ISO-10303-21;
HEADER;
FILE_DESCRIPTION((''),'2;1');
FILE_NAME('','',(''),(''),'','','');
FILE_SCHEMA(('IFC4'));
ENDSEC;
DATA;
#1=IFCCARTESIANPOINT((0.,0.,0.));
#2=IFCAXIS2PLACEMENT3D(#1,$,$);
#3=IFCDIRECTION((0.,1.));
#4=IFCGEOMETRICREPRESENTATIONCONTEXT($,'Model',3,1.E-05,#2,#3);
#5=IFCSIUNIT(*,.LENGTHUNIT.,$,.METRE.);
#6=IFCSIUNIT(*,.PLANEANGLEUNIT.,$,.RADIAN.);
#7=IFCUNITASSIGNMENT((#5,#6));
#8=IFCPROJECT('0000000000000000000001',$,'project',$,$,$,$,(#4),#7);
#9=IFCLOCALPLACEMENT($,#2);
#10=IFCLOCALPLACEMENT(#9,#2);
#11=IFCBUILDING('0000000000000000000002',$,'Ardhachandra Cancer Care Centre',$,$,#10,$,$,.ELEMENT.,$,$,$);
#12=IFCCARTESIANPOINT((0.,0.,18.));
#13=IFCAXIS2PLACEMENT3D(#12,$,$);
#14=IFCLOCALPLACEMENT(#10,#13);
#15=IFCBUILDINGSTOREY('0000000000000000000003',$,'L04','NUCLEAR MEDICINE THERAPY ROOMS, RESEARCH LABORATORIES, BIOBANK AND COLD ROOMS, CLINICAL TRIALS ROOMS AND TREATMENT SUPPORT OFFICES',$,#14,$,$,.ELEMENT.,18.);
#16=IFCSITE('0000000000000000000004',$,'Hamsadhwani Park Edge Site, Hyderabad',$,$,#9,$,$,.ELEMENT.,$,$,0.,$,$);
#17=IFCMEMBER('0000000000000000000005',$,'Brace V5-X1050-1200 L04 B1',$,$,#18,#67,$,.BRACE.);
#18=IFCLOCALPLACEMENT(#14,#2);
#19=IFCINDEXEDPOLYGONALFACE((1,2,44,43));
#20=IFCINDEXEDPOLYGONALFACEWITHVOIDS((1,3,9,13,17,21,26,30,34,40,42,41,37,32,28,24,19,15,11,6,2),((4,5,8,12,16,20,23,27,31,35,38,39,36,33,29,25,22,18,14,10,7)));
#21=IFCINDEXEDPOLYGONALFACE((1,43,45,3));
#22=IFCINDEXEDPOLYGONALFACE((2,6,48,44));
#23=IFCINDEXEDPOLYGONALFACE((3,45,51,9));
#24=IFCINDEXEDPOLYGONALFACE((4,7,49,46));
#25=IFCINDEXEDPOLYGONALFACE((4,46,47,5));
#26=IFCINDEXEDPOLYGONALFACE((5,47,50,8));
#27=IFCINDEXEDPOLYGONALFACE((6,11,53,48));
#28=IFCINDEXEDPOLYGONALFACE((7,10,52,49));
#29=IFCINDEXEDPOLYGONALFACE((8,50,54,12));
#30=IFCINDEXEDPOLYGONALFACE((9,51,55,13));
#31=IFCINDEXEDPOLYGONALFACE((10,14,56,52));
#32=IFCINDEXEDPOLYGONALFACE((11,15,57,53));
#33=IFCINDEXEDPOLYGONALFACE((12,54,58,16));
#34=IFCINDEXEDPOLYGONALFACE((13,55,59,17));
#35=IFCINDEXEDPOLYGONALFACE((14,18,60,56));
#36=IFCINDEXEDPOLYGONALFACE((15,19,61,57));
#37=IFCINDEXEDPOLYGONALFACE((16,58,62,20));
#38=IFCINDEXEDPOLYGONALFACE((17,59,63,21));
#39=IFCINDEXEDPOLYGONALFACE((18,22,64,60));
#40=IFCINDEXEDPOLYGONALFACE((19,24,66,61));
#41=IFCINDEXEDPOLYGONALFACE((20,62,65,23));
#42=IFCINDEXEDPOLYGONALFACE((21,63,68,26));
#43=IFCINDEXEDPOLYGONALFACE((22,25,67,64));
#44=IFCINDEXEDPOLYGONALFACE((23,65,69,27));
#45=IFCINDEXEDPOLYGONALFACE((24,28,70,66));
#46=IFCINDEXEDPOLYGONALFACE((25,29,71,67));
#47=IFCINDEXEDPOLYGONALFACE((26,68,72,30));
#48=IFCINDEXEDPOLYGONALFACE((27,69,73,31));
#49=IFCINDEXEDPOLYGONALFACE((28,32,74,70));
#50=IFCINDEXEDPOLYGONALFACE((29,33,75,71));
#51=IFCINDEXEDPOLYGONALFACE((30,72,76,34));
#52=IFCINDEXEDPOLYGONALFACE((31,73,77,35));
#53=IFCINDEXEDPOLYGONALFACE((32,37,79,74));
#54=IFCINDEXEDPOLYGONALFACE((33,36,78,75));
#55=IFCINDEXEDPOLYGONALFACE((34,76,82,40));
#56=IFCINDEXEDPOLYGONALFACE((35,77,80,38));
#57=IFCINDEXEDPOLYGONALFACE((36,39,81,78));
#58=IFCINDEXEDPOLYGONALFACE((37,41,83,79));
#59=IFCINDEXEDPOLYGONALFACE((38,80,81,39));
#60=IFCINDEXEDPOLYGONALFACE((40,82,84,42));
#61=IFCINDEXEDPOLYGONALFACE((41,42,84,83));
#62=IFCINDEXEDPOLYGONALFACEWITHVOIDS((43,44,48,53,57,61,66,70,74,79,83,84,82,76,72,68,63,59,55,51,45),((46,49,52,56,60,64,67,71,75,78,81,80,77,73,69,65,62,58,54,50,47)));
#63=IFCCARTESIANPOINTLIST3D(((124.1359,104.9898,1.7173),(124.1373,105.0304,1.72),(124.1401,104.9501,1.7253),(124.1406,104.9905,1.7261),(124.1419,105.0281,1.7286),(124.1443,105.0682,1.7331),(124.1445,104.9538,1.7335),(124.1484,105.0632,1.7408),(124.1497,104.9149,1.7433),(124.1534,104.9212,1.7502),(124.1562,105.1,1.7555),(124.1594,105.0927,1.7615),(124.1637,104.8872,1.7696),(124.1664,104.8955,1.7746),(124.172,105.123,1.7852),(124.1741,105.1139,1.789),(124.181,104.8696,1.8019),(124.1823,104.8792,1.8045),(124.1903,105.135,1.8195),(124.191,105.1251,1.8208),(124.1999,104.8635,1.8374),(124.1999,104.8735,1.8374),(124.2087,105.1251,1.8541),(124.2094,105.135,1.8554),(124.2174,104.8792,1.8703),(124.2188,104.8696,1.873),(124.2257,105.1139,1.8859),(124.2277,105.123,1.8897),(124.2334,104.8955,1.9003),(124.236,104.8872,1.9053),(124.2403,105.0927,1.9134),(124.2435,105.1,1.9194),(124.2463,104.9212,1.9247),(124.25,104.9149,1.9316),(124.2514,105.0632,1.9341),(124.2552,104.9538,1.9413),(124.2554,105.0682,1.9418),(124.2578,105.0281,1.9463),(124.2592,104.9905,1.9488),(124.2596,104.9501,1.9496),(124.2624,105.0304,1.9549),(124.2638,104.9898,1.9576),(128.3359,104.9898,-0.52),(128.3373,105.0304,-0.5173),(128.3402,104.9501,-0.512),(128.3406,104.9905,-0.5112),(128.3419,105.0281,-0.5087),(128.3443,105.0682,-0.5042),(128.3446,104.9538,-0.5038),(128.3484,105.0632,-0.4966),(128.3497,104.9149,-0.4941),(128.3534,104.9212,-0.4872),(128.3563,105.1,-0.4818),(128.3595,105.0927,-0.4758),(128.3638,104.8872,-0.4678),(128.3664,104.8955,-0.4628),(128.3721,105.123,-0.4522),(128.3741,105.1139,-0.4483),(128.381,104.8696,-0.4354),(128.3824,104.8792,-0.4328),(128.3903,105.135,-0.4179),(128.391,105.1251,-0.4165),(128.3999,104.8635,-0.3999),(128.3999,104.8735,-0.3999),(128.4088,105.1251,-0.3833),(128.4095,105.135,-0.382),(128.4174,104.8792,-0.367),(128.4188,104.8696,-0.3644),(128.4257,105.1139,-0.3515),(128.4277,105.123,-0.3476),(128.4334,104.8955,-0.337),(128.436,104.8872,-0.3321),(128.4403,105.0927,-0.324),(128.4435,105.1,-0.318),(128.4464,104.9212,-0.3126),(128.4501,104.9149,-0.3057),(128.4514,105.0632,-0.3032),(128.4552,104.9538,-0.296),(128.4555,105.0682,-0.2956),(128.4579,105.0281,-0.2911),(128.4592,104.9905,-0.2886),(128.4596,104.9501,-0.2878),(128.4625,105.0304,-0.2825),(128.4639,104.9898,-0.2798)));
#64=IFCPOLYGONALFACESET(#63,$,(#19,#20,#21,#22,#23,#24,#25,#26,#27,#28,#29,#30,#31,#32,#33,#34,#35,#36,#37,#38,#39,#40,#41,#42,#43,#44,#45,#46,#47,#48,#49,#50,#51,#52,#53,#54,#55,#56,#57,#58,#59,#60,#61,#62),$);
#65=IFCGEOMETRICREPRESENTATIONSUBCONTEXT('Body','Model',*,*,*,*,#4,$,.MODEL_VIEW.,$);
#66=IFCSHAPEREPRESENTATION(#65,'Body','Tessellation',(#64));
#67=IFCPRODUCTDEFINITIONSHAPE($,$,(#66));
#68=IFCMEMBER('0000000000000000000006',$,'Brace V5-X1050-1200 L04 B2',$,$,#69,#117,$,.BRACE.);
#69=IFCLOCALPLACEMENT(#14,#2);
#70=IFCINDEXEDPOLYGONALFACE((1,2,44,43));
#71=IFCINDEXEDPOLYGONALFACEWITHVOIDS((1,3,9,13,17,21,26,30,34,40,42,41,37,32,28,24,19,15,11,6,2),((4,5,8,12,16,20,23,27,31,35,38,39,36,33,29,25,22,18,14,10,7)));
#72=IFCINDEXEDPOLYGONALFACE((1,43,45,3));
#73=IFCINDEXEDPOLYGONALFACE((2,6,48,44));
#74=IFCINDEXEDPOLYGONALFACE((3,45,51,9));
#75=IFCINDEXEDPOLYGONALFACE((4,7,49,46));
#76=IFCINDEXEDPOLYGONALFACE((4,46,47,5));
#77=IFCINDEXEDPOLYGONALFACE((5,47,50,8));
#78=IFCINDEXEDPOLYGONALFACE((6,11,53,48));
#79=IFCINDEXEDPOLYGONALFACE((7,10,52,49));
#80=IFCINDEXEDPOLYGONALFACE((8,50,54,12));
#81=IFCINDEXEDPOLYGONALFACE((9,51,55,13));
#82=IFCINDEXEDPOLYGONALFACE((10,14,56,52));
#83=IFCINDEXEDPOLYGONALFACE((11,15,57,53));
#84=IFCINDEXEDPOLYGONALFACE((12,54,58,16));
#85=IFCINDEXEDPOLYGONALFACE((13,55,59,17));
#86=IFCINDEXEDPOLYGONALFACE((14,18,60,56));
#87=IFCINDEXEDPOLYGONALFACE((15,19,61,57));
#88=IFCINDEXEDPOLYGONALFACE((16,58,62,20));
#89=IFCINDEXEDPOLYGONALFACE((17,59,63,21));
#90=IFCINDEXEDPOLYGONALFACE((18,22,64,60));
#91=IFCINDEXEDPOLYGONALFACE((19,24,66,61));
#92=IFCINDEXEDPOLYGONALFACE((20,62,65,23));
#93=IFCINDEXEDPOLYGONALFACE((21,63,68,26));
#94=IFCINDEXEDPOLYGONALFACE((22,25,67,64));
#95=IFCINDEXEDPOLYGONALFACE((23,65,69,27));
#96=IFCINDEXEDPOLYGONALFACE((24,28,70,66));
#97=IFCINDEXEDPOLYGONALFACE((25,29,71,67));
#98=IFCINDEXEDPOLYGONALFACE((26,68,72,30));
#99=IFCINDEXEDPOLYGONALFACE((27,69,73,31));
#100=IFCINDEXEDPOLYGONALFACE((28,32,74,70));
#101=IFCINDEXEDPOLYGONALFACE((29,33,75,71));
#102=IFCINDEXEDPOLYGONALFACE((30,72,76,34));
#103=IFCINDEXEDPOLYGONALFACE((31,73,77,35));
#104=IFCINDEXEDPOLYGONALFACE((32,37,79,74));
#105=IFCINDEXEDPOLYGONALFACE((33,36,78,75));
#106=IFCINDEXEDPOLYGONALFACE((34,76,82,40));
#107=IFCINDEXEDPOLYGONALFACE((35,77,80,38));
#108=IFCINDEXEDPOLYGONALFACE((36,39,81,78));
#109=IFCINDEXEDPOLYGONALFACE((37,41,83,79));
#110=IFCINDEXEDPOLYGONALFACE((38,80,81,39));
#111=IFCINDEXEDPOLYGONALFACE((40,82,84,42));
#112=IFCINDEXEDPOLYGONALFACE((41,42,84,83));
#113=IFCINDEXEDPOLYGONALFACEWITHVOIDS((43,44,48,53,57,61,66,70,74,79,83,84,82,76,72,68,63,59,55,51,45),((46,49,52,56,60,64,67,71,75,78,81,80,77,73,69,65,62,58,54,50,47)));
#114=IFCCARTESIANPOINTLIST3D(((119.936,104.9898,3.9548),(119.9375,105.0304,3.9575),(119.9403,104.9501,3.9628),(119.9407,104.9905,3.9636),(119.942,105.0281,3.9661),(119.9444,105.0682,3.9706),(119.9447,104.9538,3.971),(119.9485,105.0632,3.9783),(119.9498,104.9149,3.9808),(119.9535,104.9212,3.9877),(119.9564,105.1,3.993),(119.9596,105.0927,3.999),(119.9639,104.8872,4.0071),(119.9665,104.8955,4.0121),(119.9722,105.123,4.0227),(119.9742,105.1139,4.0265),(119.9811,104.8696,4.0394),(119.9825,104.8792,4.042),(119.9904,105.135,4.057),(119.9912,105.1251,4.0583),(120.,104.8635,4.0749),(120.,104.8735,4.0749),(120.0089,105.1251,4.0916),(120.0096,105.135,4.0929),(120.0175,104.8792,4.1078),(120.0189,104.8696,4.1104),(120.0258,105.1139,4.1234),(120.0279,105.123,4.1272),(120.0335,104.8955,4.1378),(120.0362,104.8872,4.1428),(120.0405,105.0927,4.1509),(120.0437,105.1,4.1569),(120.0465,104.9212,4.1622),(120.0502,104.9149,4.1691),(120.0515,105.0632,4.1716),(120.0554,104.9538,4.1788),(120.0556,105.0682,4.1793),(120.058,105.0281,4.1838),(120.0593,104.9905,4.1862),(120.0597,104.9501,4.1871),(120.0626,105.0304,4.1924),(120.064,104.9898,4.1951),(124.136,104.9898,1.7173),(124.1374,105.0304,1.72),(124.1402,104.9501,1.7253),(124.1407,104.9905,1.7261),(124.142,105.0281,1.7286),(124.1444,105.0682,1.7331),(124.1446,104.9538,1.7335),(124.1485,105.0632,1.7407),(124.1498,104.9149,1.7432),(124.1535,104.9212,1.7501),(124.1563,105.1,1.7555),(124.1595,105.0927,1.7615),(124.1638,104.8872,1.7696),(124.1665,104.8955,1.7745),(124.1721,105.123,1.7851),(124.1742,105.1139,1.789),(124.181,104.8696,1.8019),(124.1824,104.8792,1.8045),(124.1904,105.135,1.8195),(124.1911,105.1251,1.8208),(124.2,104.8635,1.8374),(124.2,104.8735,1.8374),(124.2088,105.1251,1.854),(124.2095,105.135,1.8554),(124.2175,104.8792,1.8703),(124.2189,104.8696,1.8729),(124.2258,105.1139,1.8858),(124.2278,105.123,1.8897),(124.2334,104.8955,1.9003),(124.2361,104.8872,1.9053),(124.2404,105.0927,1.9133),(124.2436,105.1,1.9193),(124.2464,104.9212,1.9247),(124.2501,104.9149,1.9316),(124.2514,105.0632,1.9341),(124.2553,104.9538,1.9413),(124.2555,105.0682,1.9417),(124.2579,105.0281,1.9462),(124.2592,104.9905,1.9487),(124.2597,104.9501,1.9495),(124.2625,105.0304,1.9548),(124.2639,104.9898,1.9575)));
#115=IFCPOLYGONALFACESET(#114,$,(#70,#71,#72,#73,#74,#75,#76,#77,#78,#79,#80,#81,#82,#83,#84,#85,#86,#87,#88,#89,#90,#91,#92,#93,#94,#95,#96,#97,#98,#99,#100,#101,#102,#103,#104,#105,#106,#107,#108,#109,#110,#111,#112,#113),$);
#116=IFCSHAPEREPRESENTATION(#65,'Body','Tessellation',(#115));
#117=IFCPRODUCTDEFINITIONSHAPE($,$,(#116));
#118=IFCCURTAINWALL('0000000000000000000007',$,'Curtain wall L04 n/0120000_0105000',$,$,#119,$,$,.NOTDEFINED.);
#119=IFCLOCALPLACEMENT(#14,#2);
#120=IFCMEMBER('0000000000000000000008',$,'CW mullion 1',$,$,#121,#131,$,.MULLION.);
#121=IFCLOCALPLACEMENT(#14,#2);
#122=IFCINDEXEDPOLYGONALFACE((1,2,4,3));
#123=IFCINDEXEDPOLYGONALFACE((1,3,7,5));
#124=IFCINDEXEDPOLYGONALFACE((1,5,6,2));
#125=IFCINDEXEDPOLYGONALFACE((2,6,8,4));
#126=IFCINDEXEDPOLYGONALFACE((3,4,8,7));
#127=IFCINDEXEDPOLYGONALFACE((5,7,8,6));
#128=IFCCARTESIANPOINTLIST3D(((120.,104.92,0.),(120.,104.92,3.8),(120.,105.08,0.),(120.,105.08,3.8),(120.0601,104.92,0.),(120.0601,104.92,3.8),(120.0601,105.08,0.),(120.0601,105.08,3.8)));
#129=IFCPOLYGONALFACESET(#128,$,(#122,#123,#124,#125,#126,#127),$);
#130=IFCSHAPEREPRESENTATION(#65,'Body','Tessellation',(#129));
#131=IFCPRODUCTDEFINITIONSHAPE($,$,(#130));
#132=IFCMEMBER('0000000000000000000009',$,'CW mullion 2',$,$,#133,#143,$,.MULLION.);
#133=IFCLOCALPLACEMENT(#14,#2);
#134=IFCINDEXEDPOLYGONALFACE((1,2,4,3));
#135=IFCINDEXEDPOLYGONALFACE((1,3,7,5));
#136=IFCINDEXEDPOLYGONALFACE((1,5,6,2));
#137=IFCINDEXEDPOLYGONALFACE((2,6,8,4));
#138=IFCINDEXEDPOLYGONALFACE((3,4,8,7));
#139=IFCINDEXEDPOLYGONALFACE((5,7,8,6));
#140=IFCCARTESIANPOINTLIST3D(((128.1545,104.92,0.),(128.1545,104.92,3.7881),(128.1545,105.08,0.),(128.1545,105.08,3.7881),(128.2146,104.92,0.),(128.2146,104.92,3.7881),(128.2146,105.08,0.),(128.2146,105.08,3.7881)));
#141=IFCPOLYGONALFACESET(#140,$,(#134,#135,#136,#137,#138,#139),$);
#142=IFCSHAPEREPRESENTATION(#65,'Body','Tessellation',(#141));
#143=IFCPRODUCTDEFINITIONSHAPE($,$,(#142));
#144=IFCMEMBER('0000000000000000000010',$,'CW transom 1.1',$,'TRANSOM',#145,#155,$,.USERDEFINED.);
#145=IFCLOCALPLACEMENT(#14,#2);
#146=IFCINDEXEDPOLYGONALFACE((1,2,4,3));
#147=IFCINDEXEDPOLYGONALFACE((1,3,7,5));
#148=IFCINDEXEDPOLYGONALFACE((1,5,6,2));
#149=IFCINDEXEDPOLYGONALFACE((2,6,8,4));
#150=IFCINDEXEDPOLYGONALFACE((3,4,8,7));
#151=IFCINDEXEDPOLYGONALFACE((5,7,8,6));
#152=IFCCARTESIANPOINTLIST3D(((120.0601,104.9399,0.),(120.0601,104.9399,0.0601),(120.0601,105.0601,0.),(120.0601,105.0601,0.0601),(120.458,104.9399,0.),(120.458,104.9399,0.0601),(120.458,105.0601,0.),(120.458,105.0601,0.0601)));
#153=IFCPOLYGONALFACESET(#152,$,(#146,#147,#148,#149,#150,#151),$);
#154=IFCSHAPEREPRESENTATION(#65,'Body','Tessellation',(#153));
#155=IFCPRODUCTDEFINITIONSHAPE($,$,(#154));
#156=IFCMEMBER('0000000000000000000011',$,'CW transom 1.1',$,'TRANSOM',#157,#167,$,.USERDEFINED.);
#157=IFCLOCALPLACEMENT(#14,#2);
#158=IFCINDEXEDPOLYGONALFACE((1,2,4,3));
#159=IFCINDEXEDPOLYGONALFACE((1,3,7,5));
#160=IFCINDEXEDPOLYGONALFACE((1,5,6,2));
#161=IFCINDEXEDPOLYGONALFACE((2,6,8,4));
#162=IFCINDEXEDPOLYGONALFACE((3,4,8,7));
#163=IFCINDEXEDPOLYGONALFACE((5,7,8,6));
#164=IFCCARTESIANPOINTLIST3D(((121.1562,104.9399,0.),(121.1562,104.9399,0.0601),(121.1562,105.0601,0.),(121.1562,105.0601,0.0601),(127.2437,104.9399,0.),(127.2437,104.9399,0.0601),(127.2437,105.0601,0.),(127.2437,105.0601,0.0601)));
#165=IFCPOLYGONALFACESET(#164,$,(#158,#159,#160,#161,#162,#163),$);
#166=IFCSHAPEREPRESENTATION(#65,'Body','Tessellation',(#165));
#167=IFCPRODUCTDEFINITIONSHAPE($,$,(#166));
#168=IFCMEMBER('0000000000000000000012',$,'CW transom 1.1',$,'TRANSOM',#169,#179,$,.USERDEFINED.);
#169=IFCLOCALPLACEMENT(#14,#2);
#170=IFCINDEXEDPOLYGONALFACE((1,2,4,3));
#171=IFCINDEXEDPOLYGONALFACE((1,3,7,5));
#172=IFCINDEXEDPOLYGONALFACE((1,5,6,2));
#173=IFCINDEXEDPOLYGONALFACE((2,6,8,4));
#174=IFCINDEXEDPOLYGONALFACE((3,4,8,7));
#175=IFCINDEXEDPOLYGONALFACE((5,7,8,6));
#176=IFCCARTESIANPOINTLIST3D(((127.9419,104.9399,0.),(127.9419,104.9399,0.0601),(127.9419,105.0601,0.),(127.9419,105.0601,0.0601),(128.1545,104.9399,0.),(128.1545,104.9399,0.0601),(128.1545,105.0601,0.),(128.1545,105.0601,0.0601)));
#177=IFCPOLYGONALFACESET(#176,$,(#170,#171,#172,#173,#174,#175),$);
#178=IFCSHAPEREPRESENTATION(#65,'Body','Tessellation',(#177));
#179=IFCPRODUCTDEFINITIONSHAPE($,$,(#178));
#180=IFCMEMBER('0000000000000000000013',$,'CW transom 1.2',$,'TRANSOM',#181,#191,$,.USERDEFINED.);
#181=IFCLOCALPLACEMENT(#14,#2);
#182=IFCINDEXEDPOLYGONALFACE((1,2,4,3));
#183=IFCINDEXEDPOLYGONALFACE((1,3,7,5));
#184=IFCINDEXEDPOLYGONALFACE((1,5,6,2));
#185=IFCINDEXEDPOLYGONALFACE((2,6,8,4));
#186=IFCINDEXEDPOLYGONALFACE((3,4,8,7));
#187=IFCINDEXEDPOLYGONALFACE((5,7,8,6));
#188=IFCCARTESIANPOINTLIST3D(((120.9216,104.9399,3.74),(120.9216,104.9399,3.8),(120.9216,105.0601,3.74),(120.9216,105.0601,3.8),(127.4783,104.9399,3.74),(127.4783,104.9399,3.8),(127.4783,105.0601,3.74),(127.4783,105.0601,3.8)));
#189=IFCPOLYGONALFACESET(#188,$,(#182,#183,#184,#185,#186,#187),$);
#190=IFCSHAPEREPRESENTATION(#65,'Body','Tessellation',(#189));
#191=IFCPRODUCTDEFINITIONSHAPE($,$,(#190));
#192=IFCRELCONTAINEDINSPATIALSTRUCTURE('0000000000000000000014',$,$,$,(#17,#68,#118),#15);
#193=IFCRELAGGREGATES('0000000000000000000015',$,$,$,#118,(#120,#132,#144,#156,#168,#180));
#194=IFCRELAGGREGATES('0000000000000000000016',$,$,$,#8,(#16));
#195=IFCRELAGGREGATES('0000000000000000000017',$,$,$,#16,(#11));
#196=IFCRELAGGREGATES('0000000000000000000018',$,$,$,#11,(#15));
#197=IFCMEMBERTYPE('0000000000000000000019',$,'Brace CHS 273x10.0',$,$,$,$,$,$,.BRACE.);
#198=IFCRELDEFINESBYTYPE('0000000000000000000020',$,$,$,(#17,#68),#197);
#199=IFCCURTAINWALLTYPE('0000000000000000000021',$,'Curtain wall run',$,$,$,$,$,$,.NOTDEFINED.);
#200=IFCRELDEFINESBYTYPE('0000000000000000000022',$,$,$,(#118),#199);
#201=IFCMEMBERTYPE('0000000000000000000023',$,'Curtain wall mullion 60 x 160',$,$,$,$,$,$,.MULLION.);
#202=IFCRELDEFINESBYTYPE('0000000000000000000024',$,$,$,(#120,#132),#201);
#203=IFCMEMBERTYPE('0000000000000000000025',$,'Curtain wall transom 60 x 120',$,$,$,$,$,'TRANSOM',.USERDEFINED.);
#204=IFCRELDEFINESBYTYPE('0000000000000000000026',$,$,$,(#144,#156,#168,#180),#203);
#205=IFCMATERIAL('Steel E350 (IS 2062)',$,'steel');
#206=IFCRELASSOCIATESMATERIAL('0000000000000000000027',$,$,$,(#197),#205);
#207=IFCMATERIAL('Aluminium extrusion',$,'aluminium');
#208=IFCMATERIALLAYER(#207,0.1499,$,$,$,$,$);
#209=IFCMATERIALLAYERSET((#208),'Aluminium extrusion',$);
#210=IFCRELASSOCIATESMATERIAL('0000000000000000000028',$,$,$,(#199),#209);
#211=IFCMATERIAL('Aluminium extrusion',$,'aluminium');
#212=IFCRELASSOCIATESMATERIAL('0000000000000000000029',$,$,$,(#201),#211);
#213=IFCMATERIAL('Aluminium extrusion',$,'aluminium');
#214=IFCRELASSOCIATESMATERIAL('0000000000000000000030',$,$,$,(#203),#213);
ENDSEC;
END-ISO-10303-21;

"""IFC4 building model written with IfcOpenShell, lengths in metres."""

from ifc_helpers import new_model, si_unit, direction, frame, origin, origin_2d, place, context, subcontext, project, spatial, rectangle, hollow_circle, extrude, material, layer, layer_set, material_profile, profile_set, type_object, element, aggregate, save


model = new_model("IFC4")

# Units and contexts
model_context = context("Model", 3, precision=1e-05, world=origin(), true_north=direction((0.0, 1.0)))
body_context = subcontext(model_context, "Body", "Model", "MODEL_VIEW")
ifc_project = project(units=[si_unit("LENGTHUNIT", "METRE"), si_unit("PLANEANGLEUNIT", "RADIAN")], contexts=[model_context])

# Site, building, storey
site_placement = place(None, origin())
site = spatial("IfcSite", under=ifc_project, at=site_placement, Name="Hamsadhwani Park Edge Site, Hyderabad", CompositionType="ELEMENT", RefElevation=0.0)
building_placement = place(site_placement, origin())
building = spatial("IfcBuilding", under=site, at=building_placement, Name="Ardhachandra Cancer Care Centre", CompositionType="ELEMENT")
storey_placement = place(building_placement, frame((0.0, 0.0, 18.0)))
storey = spatial("IfcBuildingStorey", under=building, at=storey_placement, Name="L04", Description="NUCLEAR MEDICINE THERAPY ROOMS, RESEARCH LABORATORIES, BIOBANK AND COLD ROOMS, CLINICAL TRIALS ROOMS AND TREATMENT SUPPORT OFFICES", CompositionType="ELEMENT", Elevation=18.0)

# Members
ifc_material_1 = material(Name="Steel E350 (IS 2062)", Category="steel")
ifc_material_profile_1 = material_profile(ifc_material_1, hollow_circle(Radius=0.1365, WallThickness=0.01, at=origin_2d()), Name="CHS 273x10.0")
ifc_profile_set_1 = profile_set([ifc_material_profile_1], Name="Steel E350 (IS 2062)")
member_type_1 = type_object("IfcMemberType", Name="Brace CHS 273x10.0", PredefinedType="BRACE", material=ifc_profile_set_1)
for number, where, z_axis, x_axis, name in (
    (1, (128.3999, 105.0, -0.3999), (-0.882586, 0.0, 0.470151), (0.0, -1.0, 0.0), "Brace V5-X1050-1200 L04 B1"),
    (2, (124.2, 105.0, 1.8374), (-0.882564, 0.0, 0.470191), (0.0, -1.0, 0.0), "Brace V5-X1050-1200 L04 B2"),
):
    element("IfcMember", number, at=place(storey_placement, frame(where, z_axis=z_axis, x_axis=x_axis)), inside=storey, type_object=member_type_1, Name=name, PredefinedType="BRACE", context=body_context, shape_type="SweptSolid", body=[
        extrude(hollow_circle(Radius=0.1365, WallThickness=0.01, at=origin_2d()), origin(), (0.0, 0.0, 1.0), 4.7588),
    ])

# Curtain wall, members
ifc_material_2 = material(Name="Aluminium extrusion", Category="aluminium")
ifc_layer_1 = layer(ifc_material_2, 0.1499)
ifc_layer_set_1 = layer_set([ifc_layer_1], Name="Aluminium extrusion")
curtain_wall_type = type_object("IfcCurtainWallType", Name="Curtain wall run", PredefinedType="NOTDEFINED", material=ifc_layer_set_1)
curtain_wall_placement = place(storey_placement, origin())
curtain_wall = element("IfcCurtainWall", 3, at=curtain_wall_placement, inside=storey, type_object=curtain_wall_type, Name="Curtain wall L04 n/0120000_0105000", PredefinedType="NOTDEFINED")
ifc_material_3 = material(Name="Aluminium extrusion", Category="aluminium")
ifc_material_profile_2 = material_profile(ifc_material_3, rectangle(XDim=0.1599, YDim=0.0601, at=origin_2d()), Name="Curtain wall mullion 60 x 160")
ifc_profile_set_2 = profile_set([ifc_material_profile_2], Name="Aluminium extrusion")
member_type_2 = type_object("IfcMemberType", Name="Curtain wall mullion 60 x 160", PredefinedType="MULLION", material=ifc_profile_set_2)
member_1_placement = place(storey_placement, frame((120.03, 105.0, 0.0), z_axis=(0.0, 0.0, 1.0), x_axis=(0.0, 1.0, 0.0)))
member_1 = element("IfcMember", 4, at=member_1_placement, type_object=member_type_2, Name="CW mullion 1", PredefinedType="MULLION", context=body_context, shape_type="SweptSolid", body=[
    extrude(rectangle(XDim=0.1599, YDim=0.0601, at=origin_2d()), origin(), (0.0, 0.0, 1.0), 3.8),
])
member_2_placement = place(storey_placement, frame((128.1846, 105.0, 0.0), z_axis=(0.0, 0.0, 1.0), x_axis=(0.0, 1.0, 0.0)))
member_2 = element("IfcMember", 5, at=member_2_placement, type_object=member_type_2, Name="CW mullion 2", PredefinedType="MULLION", context=body_context, shape_type="SweptSolid", body=[
    extrude(rectangle(XDim=0.1599, YDim=0.0601, at=origin_2d()), origin(), (0.0, 0.0, 1.0), 3.7881),
])
ifc_material_4 = material(Name="Aluminium extrusion", Category="aluminium")
ifc_material_profile_3 = material_profile(ifc_material_4, rectangle(XDim=0.1201, YDim=0.0601, at=origin_2d()), Name="Curtain wall transom 60 x 120")
ifc_profile_set_3 = profile_set([ifc_material_profile_3], Name="Aluminium extrusion")
member_type_3 = type_object("IfcMemberType", Name="Curtain wall transom 60 x 120", ElementType="TRANSOM", PredefinedType="USERDEFINED", material=ifc_profile_set_3)
member_3_placement = place(storey_placement, frame((120.0601, 105.0, 0.03), z_axis=(1.0, 0.0, 0.0), x_axis=(0.0, 1.0, 0.0)))
member_3 = element("IfcMember", 6, at=member_3_placement, type_object=member_type_3, Name="CW transom 1.1", ObjectType="TRANSOM", PredefinedType="USERDEFINED", context=body_context, shape_type="SweptSolid", body=[
    extrude(rectangle(XDim=0.1201, YDim=0.0601, at=origin_2d()), origin(), (0.0, 0.0, 1.0), 0.3979),
])
member_4_placement = place(storey_placement, frame((121.1562, 105.0, 0.03), z_axis=(1.0, 0.0, 0.0), x_axis=(0.0, 1.0, 0.0)))
member_4 = element("IfcMember", 7, at=member_4_placement, type_object=member_type_3, Name="CW transom 1.1", ObjectType="TRANSOM", PredefinedType="USERDEFINED", context=body_context, shape_type="SweptSolid", body=[
    extrude(rectangle(XDim=0.1201, YDim=0.0601, at=origin_2d()), origin(), (0.0, 0.0, 1.0), 6.0874),
])
member_5_placement = place(storey_placement, frame((127.9419, 105.0, 0.03), z_axis=(1.0, 0.0, 0.0), x_axis=(0.0, 1.0, 0.0)))
member_5 = element("IfcMember", 8, at=member_5_placement, type_object=member_type_3, Name="CW transom 1.1", ObjectType="TRANSOM", PredefinedType="USERDEFINED", context=body_context, shape_type="SweptSolid", body=[
    extrude(rectangle(XDim=0.1201, YDim=0.0601, at=origin_2d()), origin(), (0.0, 0.0, 1.0), 0.2126),
])
member_6_placement = place(storey_placement, frame((120.9216, 105.0, 3.77), z_axis=(1.0, 0.0, 0.0), x_axis=(0.0, 1.0, 0.0)))
member_6 = element("IfcMember", 9, at=member_6_placement, type_object=member_type_3, Name="CW transom 1.2", ObjectType="TRANSOM", PredefinedType="USERDEFINED", context=body_context, shape_type="SweptSolid", body=[
    extrude(rectangle(XDim=0.1201, YDim=0.0601, at=origin_2d()), origin(), (0.0, 0.0, 1.0), 6.5566),
])
aggregate(curtain_wall, [member_1, member_2, member_3, member_4, member_5, member_6])

save(model, "model.ifc")
